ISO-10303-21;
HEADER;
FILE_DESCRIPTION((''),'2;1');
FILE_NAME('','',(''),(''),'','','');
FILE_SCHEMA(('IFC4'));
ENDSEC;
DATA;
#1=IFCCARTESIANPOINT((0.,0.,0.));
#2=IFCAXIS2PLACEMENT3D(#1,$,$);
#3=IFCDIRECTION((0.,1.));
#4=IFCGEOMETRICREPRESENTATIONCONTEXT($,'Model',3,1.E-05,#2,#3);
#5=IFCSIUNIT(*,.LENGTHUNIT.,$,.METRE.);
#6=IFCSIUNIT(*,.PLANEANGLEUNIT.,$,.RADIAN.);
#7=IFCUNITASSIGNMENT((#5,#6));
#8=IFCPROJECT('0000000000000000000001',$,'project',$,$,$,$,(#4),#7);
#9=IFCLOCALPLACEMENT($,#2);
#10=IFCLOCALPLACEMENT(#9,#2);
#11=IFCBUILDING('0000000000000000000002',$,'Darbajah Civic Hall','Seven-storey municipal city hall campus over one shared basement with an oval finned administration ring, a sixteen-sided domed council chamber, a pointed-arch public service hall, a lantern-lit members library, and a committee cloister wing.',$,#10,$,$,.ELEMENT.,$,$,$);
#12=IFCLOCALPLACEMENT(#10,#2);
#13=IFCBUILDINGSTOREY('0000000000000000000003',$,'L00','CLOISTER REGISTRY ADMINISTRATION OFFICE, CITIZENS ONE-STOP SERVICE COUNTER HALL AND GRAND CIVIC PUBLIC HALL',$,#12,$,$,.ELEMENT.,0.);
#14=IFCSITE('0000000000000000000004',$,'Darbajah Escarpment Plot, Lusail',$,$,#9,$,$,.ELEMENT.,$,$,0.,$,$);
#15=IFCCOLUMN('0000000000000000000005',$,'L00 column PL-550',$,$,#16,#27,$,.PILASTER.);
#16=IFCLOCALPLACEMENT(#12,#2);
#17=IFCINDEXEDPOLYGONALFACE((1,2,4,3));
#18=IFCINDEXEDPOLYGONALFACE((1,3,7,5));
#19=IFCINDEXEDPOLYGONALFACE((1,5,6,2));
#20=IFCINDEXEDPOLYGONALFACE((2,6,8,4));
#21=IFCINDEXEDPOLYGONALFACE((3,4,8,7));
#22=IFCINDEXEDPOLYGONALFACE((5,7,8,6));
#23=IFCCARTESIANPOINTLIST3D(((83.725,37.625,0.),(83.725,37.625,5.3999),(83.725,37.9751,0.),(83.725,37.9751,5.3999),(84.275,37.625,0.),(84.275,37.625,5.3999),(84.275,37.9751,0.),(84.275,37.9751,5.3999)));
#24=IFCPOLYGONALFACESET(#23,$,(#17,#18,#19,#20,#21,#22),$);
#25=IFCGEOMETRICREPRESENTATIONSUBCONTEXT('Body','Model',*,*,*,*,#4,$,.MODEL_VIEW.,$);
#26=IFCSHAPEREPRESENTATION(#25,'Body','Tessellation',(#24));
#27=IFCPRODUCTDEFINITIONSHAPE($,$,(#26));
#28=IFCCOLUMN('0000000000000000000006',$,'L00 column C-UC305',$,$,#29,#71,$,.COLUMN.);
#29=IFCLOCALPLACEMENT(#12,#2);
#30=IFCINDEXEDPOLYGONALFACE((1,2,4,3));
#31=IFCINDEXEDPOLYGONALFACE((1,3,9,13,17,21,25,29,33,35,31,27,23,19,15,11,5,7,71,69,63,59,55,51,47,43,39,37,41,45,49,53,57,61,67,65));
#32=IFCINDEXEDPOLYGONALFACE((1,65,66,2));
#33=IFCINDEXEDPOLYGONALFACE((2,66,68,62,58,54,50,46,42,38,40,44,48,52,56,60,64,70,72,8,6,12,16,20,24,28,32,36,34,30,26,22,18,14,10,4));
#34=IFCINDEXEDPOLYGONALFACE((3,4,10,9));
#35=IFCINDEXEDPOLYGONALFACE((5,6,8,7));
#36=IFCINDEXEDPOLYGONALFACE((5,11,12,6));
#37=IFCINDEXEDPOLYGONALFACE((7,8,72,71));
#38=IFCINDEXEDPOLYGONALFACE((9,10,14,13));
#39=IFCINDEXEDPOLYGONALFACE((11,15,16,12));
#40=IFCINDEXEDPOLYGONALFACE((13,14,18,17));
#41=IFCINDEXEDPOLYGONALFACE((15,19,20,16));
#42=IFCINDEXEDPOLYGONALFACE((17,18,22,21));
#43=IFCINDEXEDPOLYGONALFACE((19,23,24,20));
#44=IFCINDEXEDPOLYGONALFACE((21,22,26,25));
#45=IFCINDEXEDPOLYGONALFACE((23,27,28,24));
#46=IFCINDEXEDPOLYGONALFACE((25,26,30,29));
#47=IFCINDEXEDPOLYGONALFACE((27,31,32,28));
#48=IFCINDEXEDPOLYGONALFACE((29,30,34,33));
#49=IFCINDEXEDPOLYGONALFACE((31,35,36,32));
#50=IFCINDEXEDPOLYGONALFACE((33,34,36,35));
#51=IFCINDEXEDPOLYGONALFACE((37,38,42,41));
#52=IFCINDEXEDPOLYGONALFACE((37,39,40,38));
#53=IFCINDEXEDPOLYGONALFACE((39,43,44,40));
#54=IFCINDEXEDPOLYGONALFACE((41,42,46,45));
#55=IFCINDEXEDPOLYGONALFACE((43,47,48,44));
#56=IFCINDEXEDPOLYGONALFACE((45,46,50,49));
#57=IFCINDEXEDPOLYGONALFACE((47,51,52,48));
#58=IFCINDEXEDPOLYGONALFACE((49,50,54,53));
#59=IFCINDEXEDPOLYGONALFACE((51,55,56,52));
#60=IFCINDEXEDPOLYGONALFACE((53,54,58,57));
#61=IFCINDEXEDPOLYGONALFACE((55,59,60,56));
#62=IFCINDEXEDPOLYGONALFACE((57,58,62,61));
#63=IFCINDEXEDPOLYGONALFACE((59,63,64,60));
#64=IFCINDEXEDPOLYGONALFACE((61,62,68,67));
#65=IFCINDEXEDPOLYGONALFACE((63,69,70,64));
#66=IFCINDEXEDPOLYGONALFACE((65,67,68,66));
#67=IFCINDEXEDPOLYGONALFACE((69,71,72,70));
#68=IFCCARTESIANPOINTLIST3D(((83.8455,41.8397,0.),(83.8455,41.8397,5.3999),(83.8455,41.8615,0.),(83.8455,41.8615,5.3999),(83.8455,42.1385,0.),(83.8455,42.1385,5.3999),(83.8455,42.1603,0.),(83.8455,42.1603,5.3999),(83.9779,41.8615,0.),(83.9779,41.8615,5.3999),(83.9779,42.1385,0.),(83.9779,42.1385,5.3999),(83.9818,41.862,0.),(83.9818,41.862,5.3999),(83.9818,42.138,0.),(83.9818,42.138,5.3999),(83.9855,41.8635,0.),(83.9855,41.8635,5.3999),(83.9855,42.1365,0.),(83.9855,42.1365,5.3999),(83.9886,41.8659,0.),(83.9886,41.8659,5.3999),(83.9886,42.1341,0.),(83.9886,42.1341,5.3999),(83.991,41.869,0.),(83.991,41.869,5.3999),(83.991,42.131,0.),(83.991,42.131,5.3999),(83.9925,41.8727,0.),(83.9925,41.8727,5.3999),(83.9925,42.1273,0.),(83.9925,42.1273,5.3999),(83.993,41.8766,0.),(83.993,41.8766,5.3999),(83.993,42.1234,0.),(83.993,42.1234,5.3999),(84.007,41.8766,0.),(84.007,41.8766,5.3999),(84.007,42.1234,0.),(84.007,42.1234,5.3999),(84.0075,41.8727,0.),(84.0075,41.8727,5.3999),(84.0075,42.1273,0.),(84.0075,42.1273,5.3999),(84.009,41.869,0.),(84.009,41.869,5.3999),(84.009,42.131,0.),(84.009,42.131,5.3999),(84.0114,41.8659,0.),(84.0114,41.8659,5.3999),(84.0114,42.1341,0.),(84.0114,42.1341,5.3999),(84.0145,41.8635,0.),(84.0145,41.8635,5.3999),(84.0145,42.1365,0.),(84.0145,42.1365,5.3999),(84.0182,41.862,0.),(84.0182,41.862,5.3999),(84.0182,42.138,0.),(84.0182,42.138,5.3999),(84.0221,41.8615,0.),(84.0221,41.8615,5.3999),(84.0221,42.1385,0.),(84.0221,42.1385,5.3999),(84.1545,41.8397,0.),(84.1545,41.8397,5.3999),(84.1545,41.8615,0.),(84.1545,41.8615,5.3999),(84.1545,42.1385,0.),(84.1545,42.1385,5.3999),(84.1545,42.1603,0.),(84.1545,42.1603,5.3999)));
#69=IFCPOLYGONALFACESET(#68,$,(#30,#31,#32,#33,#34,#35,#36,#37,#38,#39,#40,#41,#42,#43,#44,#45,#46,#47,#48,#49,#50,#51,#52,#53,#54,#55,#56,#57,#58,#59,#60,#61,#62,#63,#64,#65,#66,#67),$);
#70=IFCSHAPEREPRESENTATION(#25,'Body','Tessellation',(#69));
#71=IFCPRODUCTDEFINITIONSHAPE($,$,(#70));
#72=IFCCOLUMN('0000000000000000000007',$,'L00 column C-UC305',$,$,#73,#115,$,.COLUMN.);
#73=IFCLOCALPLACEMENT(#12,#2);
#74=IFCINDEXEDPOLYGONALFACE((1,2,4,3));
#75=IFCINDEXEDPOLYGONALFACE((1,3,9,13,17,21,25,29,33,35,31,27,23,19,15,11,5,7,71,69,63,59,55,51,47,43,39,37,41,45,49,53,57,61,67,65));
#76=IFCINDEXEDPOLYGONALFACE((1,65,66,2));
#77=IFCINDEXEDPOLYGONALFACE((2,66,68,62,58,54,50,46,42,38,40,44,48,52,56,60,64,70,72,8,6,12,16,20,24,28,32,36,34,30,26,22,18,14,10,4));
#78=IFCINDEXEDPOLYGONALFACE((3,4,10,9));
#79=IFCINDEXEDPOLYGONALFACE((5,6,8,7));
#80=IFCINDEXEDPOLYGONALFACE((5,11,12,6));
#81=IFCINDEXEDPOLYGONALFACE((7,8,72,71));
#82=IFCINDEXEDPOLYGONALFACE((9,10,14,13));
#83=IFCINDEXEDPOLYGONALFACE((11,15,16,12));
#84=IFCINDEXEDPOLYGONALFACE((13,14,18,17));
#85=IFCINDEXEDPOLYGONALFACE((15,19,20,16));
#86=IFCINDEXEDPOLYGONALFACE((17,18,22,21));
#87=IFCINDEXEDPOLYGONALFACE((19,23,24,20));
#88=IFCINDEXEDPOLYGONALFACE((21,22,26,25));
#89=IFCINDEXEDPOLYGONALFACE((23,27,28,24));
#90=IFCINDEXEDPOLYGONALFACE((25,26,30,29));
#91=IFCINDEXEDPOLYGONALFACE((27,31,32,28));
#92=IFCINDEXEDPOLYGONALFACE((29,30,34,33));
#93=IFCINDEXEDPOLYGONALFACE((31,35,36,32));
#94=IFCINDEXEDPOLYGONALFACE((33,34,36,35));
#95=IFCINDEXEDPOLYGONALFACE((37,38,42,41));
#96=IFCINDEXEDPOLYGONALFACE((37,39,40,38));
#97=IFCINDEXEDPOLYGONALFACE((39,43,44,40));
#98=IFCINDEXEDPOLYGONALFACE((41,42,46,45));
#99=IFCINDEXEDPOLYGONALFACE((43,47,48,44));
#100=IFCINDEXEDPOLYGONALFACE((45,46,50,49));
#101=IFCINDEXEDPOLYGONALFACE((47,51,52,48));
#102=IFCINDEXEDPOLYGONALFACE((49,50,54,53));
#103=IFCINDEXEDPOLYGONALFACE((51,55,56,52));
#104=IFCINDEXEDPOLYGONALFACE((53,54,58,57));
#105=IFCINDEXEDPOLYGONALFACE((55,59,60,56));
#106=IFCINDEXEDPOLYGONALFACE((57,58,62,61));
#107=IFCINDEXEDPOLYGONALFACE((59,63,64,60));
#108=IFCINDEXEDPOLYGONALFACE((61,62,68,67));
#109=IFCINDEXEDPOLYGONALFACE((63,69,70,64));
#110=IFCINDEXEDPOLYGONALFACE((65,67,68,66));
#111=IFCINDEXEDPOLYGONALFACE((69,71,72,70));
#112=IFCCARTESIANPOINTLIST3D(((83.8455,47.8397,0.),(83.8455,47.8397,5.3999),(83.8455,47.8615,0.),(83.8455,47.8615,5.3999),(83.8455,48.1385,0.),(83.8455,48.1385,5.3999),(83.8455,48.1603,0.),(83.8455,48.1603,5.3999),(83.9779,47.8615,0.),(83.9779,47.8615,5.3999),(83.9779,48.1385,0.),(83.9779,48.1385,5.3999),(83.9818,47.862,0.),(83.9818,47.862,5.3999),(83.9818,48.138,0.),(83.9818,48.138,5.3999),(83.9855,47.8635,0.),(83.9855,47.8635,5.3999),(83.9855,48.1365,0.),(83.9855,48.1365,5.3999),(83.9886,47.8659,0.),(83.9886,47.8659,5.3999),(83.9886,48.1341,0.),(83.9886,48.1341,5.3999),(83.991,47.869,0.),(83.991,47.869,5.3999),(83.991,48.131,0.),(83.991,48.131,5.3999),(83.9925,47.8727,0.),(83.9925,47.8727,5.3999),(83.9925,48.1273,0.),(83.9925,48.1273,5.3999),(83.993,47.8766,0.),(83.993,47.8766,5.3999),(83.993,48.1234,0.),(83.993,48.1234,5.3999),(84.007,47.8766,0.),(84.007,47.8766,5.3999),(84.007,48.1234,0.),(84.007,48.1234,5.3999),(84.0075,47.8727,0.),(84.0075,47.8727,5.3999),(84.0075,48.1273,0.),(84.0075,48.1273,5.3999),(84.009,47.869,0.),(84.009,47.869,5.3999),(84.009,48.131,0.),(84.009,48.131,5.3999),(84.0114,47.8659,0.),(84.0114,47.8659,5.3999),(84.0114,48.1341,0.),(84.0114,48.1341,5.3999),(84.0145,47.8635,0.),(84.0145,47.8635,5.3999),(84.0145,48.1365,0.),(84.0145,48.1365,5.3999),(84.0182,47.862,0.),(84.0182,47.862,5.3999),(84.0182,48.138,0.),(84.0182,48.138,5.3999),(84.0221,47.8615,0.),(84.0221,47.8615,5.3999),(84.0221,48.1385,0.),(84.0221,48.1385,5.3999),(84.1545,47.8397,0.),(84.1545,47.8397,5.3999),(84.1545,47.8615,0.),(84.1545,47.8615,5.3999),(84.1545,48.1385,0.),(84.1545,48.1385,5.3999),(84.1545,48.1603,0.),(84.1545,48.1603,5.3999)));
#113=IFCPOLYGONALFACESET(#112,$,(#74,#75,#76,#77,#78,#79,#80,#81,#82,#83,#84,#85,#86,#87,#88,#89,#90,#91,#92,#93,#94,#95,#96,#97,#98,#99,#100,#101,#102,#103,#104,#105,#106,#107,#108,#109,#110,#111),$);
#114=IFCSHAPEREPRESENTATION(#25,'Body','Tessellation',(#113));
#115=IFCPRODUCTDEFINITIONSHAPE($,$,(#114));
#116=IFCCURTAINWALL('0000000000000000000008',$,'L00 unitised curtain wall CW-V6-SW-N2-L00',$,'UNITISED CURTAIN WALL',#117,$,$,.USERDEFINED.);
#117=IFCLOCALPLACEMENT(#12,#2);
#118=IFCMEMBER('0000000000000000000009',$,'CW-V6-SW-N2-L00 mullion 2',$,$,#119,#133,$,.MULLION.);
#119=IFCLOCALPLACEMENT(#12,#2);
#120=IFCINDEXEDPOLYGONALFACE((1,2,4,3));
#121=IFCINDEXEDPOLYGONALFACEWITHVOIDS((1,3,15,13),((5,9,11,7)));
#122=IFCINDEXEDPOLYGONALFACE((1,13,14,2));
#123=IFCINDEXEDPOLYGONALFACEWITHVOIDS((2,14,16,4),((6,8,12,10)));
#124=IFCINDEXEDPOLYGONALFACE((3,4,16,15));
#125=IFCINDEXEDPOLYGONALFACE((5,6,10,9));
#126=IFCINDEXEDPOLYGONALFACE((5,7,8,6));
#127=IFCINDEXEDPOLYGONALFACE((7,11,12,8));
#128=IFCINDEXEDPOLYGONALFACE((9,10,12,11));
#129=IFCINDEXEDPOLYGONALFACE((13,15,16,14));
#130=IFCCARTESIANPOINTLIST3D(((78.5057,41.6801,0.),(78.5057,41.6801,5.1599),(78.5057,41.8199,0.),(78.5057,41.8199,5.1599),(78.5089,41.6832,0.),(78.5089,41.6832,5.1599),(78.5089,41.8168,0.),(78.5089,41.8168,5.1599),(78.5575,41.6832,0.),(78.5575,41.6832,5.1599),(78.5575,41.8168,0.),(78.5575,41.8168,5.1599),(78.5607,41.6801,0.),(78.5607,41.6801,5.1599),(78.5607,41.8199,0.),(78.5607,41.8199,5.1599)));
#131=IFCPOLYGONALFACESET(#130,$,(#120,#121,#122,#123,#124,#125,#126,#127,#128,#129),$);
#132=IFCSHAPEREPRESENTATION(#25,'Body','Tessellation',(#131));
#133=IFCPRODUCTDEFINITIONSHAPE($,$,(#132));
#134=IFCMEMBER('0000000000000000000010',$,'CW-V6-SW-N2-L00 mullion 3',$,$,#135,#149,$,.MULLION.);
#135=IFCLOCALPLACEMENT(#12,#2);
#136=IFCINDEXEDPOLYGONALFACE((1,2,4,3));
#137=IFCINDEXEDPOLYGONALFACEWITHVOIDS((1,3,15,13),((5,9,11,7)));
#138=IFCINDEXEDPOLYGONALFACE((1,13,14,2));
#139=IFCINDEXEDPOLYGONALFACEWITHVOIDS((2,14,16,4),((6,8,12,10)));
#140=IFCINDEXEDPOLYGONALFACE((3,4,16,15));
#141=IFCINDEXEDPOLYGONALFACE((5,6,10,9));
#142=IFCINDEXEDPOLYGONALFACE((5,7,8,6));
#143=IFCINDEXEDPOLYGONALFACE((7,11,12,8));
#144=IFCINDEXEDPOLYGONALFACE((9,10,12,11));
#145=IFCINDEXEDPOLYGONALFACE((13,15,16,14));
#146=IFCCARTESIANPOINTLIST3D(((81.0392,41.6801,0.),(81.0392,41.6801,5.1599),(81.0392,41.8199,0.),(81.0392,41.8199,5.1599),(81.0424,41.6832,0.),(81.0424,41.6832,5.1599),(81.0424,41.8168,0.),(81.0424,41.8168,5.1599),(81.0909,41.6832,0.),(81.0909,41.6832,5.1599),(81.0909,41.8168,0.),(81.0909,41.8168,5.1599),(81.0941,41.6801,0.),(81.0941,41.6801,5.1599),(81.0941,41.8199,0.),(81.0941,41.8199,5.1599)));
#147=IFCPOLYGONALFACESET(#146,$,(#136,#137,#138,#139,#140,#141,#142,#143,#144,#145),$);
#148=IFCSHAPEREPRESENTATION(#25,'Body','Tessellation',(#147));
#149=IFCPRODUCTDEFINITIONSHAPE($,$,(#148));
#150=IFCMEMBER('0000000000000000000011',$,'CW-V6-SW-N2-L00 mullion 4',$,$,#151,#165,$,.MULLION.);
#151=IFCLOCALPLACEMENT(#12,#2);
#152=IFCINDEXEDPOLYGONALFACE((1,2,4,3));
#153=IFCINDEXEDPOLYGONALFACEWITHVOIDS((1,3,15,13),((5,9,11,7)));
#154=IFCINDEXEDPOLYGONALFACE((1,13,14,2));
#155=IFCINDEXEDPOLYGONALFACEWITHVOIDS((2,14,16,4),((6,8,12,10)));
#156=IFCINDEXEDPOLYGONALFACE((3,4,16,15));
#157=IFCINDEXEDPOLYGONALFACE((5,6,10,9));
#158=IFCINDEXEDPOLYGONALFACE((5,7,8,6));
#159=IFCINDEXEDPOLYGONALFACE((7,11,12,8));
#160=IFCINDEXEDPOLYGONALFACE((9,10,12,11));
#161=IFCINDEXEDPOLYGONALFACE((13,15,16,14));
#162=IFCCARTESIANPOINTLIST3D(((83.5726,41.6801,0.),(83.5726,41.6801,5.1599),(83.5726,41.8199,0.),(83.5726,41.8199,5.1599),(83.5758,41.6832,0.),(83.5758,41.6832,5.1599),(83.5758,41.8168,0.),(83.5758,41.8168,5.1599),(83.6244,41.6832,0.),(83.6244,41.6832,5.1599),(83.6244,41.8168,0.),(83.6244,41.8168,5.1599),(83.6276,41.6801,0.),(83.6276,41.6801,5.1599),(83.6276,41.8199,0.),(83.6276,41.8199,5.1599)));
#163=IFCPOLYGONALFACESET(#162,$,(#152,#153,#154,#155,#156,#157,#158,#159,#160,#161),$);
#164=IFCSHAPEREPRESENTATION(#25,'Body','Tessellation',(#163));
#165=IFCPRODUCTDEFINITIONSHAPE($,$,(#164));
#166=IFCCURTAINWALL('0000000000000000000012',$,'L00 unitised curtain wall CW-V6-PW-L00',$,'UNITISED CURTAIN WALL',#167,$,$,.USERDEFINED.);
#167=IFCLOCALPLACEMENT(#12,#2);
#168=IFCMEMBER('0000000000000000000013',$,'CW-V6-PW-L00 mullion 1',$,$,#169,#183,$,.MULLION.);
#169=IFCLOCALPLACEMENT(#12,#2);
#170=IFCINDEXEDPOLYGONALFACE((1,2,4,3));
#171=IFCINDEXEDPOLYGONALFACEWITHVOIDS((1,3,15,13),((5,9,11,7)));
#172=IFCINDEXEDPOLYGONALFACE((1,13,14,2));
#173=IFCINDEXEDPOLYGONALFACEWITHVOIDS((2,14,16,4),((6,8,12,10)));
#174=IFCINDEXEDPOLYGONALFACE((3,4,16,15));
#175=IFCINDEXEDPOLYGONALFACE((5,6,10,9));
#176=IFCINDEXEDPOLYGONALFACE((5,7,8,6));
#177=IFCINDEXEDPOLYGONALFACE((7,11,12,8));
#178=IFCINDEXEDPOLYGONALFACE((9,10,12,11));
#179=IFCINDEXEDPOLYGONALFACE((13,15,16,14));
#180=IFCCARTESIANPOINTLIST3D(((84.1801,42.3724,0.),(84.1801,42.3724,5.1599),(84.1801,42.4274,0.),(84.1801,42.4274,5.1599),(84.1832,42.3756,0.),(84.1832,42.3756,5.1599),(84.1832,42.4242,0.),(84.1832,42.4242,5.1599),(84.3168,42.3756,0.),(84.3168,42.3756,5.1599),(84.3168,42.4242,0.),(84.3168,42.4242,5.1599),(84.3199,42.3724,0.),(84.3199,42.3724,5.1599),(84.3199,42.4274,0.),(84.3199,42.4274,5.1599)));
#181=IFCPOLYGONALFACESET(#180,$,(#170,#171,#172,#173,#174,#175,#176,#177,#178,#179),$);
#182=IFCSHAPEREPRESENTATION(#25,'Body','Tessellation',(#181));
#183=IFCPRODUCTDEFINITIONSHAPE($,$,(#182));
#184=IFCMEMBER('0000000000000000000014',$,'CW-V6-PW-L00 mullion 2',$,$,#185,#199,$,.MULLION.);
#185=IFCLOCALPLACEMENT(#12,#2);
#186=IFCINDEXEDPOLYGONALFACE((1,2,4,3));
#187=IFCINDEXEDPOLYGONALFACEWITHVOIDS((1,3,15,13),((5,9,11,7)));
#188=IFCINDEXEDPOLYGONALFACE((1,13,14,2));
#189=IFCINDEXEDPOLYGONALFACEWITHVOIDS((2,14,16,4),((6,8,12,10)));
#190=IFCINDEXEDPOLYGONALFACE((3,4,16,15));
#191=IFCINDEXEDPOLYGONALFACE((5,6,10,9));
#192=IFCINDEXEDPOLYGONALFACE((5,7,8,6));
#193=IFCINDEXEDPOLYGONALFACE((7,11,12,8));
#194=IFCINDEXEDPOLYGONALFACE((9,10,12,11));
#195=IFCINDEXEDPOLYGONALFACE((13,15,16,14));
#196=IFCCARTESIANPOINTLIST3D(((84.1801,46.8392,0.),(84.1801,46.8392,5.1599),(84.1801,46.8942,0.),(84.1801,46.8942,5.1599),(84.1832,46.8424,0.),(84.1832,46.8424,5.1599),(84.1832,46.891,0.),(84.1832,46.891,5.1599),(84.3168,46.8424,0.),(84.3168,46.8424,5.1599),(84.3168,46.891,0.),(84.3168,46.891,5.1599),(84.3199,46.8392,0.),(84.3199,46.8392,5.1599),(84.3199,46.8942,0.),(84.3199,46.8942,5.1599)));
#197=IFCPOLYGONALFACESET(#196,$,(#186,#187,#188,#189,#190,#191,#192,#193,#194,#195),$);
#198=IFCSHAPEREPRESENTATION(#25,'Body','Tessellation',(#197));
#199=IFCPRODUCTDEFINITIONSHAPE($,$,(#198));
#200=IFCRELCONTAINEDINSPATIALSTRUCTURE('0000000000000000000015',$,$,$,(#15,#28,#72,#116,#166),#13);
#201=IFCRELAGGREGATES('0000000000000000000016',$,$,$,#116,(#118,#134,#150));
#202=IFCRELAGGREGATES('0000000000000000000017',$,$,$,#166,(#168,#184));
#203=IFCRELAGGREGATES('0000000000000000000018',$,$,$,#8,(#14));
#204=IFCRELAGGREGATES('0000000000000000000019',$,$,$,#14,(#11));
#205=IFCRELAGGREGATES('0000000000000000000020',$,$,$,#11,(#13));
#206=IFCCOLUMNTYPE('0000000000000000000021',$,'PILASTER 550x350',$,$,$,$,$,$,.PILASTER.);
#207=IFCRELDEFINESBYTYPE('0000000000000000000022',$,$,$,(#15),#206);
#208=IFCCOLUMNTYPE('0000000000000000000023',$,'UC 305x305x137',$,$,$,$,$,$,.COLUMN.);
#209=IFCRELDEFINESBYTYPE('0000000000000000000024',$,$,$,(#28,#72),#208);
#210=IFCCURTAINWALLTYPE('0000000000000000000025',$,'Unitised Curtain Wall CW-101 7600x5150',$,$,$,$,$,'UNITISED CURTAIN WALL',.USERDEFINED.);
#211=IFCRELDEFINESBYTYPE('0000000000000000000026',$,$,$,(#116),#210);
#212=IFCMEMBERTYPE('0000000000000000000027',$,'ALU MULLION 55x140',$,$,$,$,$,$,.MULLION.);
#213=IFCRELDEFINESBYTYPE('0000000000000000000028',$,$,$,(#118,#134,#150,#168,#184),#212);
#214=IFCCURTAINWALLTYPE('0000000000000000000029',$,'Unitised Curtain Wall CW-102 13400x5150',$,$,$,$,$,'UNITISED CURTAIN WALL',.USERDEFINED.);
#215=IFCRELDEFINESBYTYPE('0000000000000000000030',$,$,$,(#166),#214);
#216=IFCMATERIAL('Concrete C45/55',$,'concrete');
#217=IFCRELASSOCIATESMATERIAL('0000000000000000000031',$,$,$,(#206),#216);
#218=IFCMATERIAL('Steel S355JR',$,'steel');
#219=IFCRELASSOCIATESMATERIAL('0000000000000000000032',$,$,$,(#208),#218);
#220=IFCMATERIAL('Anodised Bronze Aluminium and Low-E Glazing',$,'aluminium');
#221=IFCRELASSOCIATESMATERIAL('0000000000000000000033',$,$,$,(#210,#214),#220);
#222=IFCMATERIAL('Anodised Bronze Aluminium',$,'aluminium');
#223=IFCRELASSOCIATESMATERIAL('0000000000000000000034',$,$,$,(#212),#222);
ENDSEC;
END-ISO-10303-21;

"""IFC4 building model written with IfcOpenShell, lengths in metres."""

from ifc_helpers import new_model, si_unit, direction, frame, origin, origin_2d, place, context, subcontext, project, spatial, rectangle, hollow_rectangle, i_section, extrude, material, material_profile, profile_set, type_object, element, aggregate, save


model = new_model("IFC4")

# Units and contexts
model_context = context("Model", 3, precision=1e-05, world=origin(), true_north=direction((0.0, 1.0)))
body_context = subcontext(model_context, "Body", "Model", "MODEL_VIEW")
ifc_project = project(units=[si_unit("LENGTHUNIT", "METRE"), si_unit("PLANEANGLEUNIT", "RADIAN")], contexts=[model_context])

# Site, building, storey
site_placement = place(None, origin())
site = spatial("IfcSite", under=ifc_project, at=site_placement, Name="Darbajah Escarpment Plot, Lusail", CompositionType="ELEMENT", RefElevation=0.0)
building_placement = place(site_placement, origin())
building = spatial("IfcBuilding", under=site, at=building_placement, Name="Darbajah Civic Hall", Description="Seven-storey municipal city hall campus over one shared basement with an oval finned administration ring, a sixteen-sided domed council chamber, a pointed-arch public service hall, a lantern-lit members library, and a committee cloister wing.", CompositionType="ELEMENT")
storey_placement = place(building_placement, origin())
storey = spatial("IfcBuildingStorey", under=building, at=storey_placement, Name="L00", Description="CLOISTER REGISTRY ADMINISTRATION OFFICE, CITIZENS ONE-STOP SERVICE COUNTER HALL AND GRAND CIVIC PUBLIC HALL", CompositionType="ELEMENT", Elevation=0.0)

# Columns
ifc_material_1 = material(Name="Concrete C45/55", Category="concrete")
ifc_material_profile_1 = material_profile(ifc_material_1, rectangle(XDim=0.55, YDim=0.3501, at=origin_2d()), Name="PILASTER 550x350")
ifc_profile_set_1 = profile_set([ifc_material_profile_1], Name="Concrete C45/55")
column_type_1 = type_object("IfcColumnType", Name="PILASTER 550x350", PredefinedType="PILASTER", material=ifc_profile_set_1)
column_placement = place(storey_placement, frame((84.0, 37.8, 0.0), z_axis=(0.0, 0.0, 1.0), x_axis=(1.0, 0.0, 0.0)))
element("IfcColumn", 1, at=column_placement, inside=storey, type_object=column_type_1, Name="L00 column PL-550", PredefinedType="PILASTER", context=body_context, shape_type="SweptSolid", body=[
    extrude(rectangle(XDim=0.55, YDim=0.3501, at=origin_2d()), origin(), (0.0, 0.0, 1.0), 5.3999),
])
ifc_material_2 = material(Name="Steel S355JR", Category="steel")
ifc_material_profile_2 = material_profile(ifc_material_2, i_section(OverallWidth=0.3091, OverallDepth=0.3206, WebThickness=0.0139, FlangeThickness=0.0217, FilletRadius=0.0151, at=origin_2d()), Name="UC 305x305x137")
ifc_profile_set_2 = profile_set([ifc_material_profile_2], Name="Steel S355JR")
column_type_2 = type_object("IfcColumnType", Name="UC 305x305x137", PredefinedType="COLUMN", material=ifc_profile_set_2)
for number, where, z_axis, x_axis, name in (
    (2, (84.0, 42.0, 0.0), (0.0, 0.0, 1.0), (1.0, 0.0, 0.0), "L00 column C-UC305"),
    (3, (84.0, 48.0, 0.0), (0.0, 0.0, 1.0), (1.0, 0.0, 0.0), "L00 column C-UC305"),
):
    element("IfcColumn", number, at=place(storey_placement, frame(where, z_axis=z_axis, x_axis=x_axis)), inside=storey, type_object=column_type_2, Name=name, PredefinedType="COLUMN", context=body_context, shape_type="SweptSolid", body=[
        extrude(i_section(OverallWidth=0.3091, OverallDepth=0.3206, WebThickness=0.0139, FlangeThickness=0.0217, FilletRadius=0.0151, at=origin_2d()), origin(), (0.0, 0.0, 1.0), 5.3999),
    ])

# Curtain walls, members
ifc_material_3 = material(Name="Anodised Bronze Aluminium and Low-E Glazing", Category="aluminium")
curtain_wall_type_1 = type_object("IfcCurtainWallType", Name="Unitised Curtain Wall CW-101 7600x5150", ElementType="UNITISED CURTAIN WALL", PredefinedType="USERDEFINED", material=ifc_material_3)
curtain_wall_1_placement = place(storey_placement, origin())
curtain_wall_1 = element("IfcCurtainWall", 4, at=curtain_wall_1_placement, inside=storey, type_object=curtain_wall_type_1, Name="L00 unitised curtain wall CW-V6-SW-N2-L00", ObjectType="UNITISED CURTAIN WALL", PredefinedType="USERDEFINED")
ifc_material_4 = material(Name="Anodised Bronze Aluminium", Category="aluminium")
ifc_material_profile_3 = material_profile(ifc_material_4, hollow_rectangle(XDim=0.0549, YDim=0.1399, WallThickness=0.0032, at=origin_2d()), Name="ALU MULLION 55x140")
ifc_profile_set_3 = profile_set([ifc_material_profile_3], Name="Anodised Bronze Aluminium")
member_type_1 = type_object("IfcMemberType", Name="ALU MULLION 55x140", PredefinedType="MULLION", material=ifc_profile_set_3)
member_1_placement = place(storey_placement, frame((78.5332, 41.75, 0.0), z_axis=(0.0, 0.0, 1.0), x_axis=(1.0, 0.0, 0.0)))
member_1 = element("IfcMember", 5, at=member_1_placement, type_object=member_type_1, Name="CW-V6-SW-N2-L00 mullion 2", PredefinedType="MULLION", context=body_context, shape_type="SweptSolid", body=[
    extrude(hollow_rectangle(XDim=0.0549, YDim=0.1399, WallThickness=0.0032, at=origin_2d()), origin(), (0.0, 0.0, 1.0), 5.1599),
])
member_2_placement = place(storey_placement, frame((81.0667, 41.75, 0.0), z_axis=(0.0, 0.0, 1.0), x_axis=(1.0, 0.0, 0.0)))
member_2 = element("IfcMember", 6, at=member_2_placement, type_object=member_type_1, Name="CW-V6-SW-N2-L00 mullion 3", PredefinedType="MULLION", context=body_context, shape_type="SweptSolid", body=[
    extrude(hollow_rectangle(XDim=0.0549, YDim=0.1399, WallThickness=0.0032, at=origin_2d()), origin(), (0.0, 0.0, 1.0), 5.1599),
])
member_3_placement = place(storey_placement, frame((83.6001, 41.75, 0.0), z_axis=(0.0, 0.0, 1.0), x_axis=(1.0, 0.0, 0.0)))
member_3 = element("IfcMember", 7, at=member_3_placement, type_object=member_type_1, Name="CW-V6-SW-N2-L00 mullion 4", PredefinedType="MULLION", context=body_context, shape_type="SweptSolid", body=[
    extrude(hollow_rectangle(XDim=0.0549, YDim=0.1399, WallThickness=0.0032, at=origin_2d()), origin(), (0.0, 0.0, 1.0), 5.1599),
])
curtain_wall_type_2 = type_object("IfcCurtainWallType", Name="Unitised Curtain Wall CW-102 13400x5150", ElementType="UNITISED CURTAIN WALL", PredefinedType="USERDEFINED", material=ifc_material_3)
curtain_wall_2_placement = place(storey_placement, origin())
curtain_wall_2 = element("IfcCurtainWall", 8, at=curtain_wall_2_placement, inside=storey, type_object=curtain_wall_type_2, Name="L00 unitised curtain wall CW-V6-PW-L00", ObjectType="UNITISED CURTAIN WALL", PredefinedType="USERDEFINED")
member_4_placement = place(storey_placement, frame((84.25, 42.3999, 0.0), z_axis=(0.0, 0.0, 1.0), x_axis=(0.0, 1.0, 0.0)))
member_4 = element("IfcMember", 9, at=member_4_placement, type_object=member_type_1, Name="CW-V6-PW-L00 mullion 1", PredefinedType="MULLION", context=body_context, shape_type="SweptSolid", body=[
    extrude(hollow_rectangle(XDim=0.0549, YDim=0.1399, WallThickness=0.0032, at=origin_2d()), origin(), (0.0, 0.0, 1.0), 5.1599),
])
member_5_placement = place(storey_placement, frame((84.25, 46.8667, 0.0), z_axis=(0.0, 0.0, 1.0), x_axis=(0.0, 1.0, 0.0)))
member_5 = element("IfcMember", 10, at=member_5_placement, type_object=member_type_1, Name="CW-V6-PW-L00 mullion 2", PredefinedType="MULLION", context=body_context, shape_type="SweptSolid", body=[
    extrude(hollow_rectangle(XDim=0.0549, YDim=0.1399, WallThickness=0.0032, at=origin_2d()), origin(), (0.0, 0.0, 1.0), 5.1599),
])

aggregate(curtain_wall_1, [member_1, member_2, member_3])
aggregate(curtain_wall_2, [member_4, member_5])

save(model, "model.ifc")
